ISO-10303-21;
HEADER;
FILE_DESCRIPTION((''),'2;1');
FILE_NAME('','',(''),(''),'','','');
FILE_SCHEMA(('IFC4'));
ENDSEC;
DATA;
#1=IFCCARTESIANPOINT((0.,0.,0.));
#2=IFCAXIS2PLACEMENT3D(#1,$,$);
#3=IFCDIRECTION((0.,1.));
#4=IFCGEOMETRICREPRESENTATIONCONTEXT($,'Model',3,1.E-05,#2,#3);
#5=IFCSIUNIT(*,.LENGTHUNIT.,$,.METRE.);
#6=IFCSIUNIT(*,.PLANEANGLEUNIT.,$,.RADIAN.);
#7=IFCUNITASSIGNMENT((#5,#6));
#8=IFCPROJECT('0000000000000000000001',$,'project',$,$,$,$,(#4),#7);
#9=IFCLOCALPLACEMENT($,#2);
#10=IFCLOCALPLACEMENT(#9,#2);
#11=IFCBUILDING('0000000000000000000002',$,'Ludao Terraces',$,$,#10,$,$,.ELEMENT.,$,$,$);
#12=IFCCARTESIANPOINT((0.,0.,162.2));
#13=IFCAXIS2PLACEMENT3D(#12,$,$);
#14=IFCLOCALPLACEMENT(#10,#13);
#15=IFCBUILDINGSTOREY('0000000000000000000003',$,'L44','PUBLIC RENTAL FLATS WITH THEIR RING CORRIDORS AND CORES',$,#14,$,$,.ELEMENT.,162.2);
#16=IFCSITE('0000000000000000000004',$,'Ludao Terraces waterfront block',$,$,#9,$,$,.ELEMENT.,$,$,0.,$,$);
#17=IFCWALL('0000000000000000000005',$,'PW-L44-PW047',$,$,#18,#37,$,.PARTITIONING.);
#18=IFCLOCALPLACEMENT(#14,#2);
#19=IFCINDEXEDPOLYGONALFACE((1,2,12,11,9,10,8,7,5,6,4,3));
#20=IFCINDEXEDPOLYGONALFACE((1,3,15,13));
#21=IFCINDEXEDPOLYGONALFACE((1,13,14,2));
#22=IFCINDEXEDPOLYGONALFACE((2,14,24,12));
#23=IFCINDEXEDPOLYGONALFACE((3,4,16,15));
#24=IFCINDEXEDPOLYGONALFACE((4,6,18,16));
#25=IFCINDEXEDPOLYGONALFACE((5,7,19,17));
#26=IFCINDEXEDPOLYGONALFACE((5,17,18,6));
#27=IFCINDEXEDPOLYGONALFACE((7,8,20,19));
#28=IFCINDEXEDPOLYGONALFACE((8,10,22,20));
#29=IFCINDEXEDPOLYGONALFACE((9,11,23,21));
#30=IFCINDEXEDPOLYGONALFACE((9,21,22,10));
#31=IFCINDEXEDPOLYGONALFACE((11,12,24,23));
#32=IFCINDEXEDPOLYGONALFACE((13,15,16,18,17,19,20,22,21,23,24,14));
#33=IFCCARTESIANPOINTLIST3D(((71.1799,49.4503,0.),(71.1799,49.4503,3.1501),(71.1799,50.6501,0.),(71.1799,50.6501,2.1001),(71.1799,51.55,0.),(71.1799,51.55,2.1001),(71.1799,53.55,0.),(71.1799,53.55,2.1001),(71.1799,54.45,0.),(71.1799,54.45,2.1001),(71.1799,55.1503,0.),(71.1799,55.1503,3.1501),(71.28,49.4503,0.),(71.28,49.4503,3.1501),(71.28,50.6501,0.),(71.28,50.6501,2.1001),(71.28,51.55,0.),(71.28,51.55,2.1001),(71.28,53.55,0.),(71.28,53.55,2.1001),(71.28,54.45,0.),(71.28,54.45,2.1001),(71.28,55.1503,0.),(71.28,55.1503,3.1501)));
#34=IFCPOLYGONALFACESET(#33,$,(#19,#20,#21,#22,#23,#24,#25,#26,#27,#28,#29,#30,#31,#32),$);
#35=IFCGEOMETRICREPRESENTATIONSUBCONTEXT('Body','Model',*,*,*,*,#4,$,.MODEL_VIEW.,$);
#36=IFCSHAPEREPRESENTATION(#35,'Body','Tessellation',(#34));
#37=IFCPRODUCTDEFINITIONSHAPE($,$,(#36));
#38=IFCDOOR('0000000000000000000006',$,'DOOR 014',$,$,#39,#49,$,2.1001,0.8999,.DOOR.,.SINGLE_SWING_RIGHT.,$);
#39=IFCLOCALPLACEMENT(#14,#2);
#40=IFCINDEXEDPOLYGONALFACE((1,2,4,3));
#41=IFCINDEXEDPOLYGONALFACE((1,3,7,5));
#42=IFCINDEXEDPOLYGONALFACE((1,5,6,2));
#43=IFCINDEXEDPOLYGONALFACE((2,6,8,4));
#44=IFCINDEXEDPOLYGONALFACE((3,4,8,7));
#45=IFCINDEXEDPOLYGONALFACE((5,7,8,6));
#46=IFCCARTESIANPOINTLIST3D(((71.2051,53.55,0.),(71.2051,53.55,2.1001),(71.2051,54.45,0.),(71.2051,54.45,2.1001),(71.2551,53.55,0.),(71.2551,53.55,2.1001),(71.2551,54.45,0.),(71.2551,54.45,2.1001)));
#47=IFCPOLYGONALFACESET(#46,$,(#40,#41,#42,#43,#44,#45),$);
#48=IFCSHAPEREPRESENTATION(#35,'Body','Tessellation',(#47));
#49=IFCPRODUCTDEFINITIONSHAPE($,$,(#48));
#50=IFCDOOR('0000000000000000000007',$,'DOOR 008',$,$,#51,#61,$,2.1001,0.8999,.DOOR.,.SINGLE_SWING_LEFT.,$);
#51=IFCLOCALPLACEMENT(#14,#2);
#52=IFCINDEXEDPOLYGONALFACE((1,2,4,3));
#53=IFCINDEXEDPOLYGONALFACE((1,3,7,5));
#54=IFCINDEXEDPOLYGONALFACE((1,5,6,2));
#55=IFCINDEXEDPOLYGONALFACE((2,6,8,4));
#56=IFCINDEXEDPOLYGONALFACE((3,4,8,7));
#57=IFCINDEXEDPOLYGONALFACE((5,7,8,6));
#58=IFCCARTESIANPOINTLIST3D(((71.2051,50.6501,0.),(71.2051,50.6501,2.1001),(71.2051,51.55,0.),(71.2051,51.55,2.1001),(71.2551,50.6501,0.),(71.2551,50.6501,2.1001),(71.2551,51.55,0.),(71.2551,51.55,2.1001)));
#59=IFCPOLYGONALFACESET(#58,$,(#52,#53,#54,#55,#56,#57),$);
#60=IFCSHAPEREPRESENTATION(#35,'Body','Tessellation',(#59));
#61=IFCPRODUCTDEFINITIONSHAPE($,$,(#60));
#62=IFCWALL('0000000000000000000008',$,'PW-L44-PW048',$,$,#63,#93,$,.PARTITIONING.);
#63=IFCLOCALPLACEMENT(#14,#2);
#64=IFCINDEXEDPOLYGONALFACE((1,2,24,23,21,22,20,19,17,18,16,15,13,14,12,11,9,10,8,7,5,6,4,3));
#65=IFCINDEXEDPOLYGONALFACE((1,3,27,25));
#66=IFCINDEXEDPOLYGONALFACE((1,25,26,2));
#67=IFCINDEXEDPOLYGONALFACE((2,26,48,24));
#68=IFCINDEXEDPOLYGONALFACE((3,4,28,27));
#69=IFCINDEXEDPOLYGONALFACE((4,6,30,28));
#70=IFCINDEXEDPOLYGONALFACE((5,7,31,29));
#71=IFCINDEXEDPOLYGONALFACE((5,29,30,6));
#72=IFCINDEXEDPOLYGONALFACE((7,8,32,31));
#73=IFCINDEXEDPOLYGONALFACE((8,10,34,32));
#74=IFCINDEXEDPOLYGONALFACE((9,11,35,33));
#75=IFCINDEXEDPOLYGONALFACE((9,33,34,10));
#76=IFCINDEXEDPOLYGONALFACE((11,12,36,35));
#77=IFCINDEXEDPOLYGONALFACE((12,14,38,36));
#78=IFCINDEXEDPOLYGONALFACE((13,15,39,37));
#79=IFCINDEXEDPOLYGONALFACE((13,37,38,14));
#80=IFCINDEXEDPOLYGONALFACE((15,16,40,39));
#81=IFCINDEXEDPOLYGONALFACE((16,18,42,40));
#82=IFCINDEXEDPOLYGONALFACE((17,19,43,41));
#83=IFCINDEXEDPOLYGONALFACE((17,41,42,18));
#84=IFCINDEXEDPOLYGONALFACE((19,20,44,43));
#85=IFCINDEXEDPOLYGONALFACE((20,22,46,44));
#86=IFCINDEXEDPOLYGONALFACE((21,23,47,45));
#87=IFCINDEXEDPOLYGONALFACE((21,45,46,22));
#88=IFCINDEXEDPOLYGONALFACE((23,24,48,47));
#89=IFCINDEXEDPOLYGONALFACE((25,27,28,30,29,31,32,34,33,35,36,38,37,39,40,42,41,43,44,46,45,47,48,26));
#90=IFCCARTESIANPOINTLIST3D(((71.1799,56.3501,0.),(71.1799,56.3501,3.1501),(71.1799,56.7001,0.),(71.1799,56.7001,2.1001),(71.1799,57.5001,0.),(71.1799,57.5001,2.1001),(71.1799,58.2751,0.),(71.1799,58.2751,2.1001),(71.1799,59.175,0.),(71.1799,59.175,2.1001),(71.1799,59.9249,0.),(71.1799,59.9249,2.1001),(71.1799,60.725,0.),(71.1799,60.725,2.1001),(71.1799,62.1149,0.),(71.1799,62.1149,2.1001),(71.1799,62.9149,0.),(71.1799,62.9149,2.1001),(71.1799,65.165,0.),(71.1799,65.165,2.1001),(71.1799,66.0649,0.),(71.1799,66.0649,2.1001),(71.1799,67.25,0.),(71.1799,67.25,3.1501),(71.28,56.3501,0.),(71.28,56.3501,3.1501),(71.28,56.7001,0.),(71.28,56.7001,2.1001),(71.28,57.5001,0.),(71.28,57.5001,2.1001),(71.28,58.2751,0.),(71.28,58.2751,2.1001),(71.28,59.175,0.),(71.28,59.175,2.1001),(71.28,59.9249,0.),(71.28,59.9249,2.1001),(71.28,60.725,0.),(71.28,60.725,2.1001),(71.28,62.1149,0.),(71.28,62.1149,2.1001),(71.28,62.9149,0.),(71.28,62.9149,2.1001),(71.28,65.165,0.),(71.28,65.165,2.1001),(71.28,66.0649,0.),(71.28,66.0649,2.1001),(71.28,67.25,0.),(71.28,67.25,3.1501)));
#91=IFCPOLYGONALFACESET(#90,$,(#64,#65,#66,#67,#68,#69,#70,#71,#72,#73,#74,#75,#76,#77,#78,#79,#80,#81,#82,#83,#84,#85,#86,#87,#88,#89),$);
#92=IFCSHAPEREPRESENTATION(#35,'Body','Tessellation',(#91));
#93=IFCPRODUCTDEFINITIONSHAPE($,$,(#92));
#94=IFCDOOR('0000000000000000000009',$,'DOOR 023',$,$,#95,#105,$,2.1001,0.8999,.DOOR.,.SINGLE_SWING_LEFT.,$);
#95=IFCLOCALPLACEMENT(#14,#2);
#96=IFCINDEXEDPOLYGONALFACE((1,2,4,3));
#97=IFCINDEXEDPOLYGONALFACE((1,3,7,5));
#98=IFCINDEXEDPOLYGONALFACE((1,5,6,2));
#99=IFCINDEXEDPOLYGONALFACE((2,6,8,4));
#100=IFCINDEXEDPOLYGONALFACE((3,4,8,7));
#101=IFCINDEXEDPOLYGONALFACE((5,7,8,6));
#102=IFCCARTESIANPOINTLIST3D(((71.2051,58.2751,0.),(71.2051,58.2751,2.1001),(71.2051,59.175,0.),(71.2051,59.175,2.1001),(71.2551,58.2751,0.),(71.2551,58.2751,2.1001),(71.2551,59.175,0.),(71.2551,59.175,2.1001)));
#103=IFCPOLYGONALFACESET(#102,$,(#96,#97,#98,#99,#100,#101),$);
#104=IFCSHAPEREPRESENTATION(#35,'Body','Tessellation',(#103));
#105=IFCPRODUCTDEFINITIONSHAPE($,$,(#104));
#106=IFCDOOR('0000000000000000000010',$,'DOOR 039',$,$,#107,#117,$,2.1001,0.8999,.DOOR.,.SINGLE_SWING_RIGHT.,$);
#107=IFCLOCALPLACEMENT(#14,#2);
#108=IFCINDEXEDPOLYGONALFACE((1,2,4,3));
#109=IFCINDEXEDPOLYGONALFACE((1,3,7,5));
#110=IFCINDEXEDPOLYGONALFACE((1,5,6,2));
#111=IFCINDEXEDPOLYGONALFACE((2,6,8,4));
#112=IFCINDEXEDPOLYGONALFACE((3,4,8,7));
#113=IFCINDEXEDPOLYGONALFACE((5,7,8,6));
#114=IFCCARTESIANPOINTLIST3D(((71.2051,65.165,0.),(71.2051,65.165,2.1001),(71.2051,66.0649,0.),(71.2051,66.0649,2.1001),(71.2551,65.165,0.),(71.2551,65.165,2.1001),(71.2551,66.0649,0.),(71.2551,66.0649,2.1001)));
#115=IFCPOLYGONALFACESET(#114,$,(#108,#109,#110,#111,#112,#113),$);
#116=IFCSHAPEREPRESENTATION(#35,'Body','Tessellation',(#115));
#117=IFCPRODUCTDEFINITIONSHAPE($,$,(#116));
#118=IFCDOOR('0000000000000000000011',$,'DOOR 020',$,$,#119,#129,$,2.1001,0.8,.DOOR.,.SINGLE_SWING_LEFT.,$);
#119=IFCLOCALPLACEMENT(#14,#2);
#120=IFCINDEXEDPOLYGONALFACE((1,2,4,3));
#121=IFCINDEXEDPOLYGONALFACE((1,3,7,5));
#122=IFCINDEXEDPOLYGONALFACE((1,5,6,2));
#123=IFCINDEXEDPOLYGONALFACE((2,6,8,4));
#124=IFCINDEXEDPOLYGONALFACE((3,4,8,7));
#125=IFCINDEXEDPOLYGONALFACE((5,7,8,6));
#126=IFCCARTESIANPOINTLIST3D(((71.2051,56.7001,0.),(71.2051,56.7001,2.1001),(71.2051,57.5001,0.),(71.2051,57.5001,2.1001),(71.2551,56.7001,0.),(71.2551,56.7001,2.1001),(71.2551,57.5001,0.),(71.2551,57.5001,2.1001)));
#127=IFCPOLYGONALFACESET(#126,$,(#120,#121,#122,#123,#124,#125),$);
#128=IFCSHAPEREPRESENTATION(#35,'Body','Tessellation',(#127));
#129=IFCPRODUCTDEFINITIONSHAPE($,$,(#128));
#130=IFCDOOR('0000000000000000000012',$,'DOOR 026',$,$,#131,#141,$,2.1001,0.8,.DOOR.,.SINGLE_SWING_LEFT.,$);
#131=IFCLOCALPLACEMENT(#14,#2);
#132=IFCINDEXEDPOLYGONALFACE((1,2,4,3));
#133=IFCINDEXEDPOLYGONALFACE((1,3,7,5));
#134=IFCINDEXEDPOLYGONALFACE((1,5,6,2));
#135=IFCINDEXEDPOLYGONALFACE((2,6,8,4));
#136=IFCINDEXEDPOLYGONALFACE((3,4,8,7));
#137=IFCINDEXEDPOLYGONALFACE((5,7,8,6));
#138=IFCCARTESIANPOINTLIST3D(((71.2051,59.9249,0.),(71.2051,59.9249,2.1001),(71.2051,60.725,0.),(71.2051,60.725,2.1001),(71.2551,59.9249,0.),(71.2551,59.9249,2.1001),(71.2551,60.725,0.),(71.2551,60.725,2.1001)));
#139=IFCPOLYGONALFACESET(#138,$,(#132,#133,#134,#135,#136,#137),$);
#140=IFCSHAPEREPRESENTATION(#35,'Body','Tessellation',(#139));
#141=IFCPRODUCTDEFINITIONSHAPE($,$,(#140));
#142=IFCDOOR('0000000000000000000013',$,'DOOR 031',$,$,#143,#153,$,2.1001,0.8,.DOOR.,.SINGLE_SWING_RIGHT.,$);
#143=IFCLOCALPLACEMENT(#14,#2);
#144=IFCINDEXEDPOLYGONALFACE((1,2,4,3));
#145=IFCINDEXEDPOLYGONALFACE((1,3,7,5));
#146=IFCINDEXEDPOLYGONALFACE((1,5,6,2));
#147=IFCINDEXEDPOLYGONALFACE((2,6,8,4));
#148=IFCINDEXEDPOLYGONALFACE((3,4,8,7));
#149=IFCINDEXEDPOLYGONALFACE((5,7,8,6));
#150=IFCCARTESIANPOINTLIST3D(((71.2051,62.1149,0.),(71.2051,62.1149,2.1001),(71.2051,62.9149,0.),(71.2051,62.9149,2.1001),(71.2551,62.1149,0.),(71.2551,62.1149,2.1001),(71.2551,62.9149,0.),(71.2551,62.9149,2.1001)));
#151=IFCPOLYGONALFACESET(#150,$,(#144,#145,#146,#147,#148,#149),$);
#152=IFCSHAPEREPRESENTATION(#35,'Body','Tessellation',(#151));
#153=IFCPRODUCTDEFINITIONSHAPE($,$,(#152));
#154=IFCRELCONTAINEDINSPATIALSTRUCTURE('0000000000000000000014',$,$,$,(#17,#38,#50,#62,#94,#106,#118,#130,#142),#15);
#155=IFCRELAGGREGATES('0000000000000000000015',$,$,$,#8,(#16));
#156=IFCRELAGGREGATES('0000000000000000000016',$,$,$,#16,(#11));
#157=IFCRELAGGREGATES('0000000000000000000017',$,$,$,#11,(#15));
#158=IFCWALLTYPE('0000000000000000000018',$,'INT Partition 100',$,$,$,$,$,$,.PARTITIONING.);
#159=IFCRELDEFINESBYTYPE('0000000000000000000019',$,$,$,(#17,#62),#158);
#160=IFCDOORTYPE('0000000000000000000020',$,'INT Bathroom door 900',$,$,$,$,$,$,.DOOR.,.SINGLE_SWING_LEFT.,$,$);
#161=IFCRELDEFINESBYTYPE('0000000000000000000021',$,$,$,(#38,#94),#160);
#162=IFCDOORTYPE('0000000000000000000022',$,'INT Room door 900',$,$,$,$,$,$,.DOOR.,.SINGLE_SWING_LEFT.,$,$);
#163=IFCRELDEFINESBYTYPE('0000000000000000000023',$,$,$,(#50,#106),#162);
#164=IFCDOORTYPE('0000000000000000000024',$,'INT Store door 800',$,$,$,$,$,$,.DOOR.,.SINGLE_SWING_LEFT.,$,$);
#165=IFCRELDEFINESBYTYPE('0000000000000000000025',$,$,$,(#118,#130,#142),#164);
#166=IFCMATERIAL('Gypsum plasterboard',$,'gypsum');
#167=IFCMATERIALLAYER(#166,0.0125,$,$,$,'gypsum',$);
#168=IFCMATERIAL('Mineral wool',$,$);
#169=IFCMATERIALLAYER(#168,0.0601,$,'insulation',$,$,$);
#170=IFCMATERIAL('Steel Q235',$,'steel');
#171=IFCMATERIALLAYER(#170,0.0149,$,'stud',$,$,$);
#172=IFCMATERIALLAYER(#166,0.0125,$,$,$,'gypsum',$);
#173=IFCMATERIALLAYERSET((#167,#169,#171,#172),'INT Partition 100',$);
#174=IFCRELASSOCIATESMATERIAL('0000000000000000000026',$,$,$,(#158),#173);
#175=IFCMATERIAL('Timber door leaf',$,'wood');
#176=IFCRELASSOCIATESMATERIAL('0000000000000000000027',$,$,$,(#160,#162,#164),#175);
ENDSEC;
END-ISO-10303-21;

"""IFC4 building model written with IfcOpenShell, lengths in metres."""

from ifc_helpers import new_model, si_unit, direction, frame, frame_2d, origin, place, context, subcontext, project, spatial, rectangle, extrude, material, layer, layer_set, type_object, element, fill, save


model = new_model("IFC4")

# Units and contexts
model_context = context("Model", 3, precision=1e-05, world=origin(), true_north=direction((0.0, 1.0)))
body_context = subcontext(model_context, "Body", "Model", "MODEL_VIEW")
ifc_project = project(units=[si_unit("LENGTHUNIT", "METRE"), si_unit("PLANEANGLEUNIT", "RADIAN")], contexts=[model_context])

# Site, building, storey
site_placement = place(None, origin())
site = spatial("IfcSite", under=ifc_project, at=site_placement, Name="Ludao Terraces waterfront block", CompositionType="ELEMENT", RefElevation=0.0)
building_placement = place(site_placement, origin())
building = spatial("IfcBuilding", under=site, at=building_placement, Name="Ludao Terraces", CompositionType="ELEMENT")
storey_placement = place(building_placement, frame((0.0, 0.0, 162.2)))
storey = spatial("IfcBuildingStorey", under=building, at=storey_placement, Name="L44", Description="PUBLIC RENTAL FLATS WITH THEIR RING CORRIDORS AND CORES", CompositionType="ELEMENT", Elevation=162.2)

# Shared definitions
ifc_material_1 = material(Name="Timber door leaf", Category="wood")

# Shared definitions
ifc_material_2 = material(Name="Gypsum plasterboard", Category="gypsum")
ifc_layer_1 = layer(ifc_material_2, 0.0125, Category="gypsum")
ifc_material_3 = material(Name="Mineral wool")
ifc_layer_2 = layer(ifc_material_3, 0.0601, Name="insulation")
ifc_material_4 = material(Name="Steel Q235", Category="steel")
ifc_layer_3 = layer(ifc_material_4, 0.0149, Name="stud")
ifc_layer_4 = layer(ifc_material_2, 0.0125, Category="gypsum")
ifc_layer_set_1 = layer_set([ifc_layer_1, ifc_layer_2, ifc_layer_3, ifc_layer_4], Name="INT Partition 100")
wall_type_1 = type_object("IfcWallType", Name="INT Partition 100", PredefinedType="PARTITIONING", material=ifc_layer_set_1)

# Walls, openings, doors
wall_1_placement = place(storey_placement, frame((71.23, 49.4502, 0.0), z_axis=(0.0, 0.0, 1.0), x_axis=(0.0, 1.0, 0.0)))
wall_1 = element("IfcWall", 1, at=wall_1_placement, inside=storey, type_object=wall_type_1, Name="PW-L44-PW047", PredefinedType="PARTITIONING", context=body_context, shape_type="SweptSolid", body=[
    extrude(rectangle(XDim=5.7, YDim=0.1001, at=frame_2d((2.8501, 0.0))), origin(), (0.0, 0.0, 1.0), 3.1501),
])
opening_1_placement = place(wall_1_placement, frame((1.2, 0.0, 0.0)))
opening_1 = element("IfcOpeningElement", 2, at=opening_1_placement, cuts=wall_1, PredefinedType="OPENING", context=body_context, shape_type="SweptSolid", body=[
    extrude(rectangle(XDim=0.8999, YDim=2.1001, at=frame_2d((0.45, 1.05))), frame((0.0, 0.0601, 0.0), z_axis=(0.0, -1.0, 0.0), x_axis=(1.0, 0.0, 0.0)), (0.0, 0.0, 1.0), 0.1201),
])
opening_2_placement = place(wall_1_placement, frame((4.0999, 0.0, 0.0)))
opening_2 = element("IfcOpeningElement", 3, at=opening_2_placement, cuts=wall_1, PredefinedType="OPENING", context=body_context, shape_type="SweptSolid", body=[
    extrude(rectangle(XDim=0.8999, YDim=2.1001, at=frame_2d((0.45, 1.05))), frame((0.0, 0.0601, 0.0), z_axis=(0.0, -1.0, 0.0), x_axis=(1.0, 0.0, 0.0)), (0.0, 0.0, 1.0), 0.1201),
])
door_type_1 = type_object("IfcDoorType", Name="INT Bathroom door 900", OperationType="SINGLE_SWING_LEFT", PredefinedType="DOOR", material=ifc_material_1)
door_1_placement = place(opening_2_placement, origin())
door_1 = element("IfcDoor", 4, at=door_1_placement, inside=storey, type_object=door_type_1, Name="DOOR 014", OperationType="SINGLE_SWING_RIGHT", OverallHeight=2.1001, OverallWidth=0.8999, PredefinedType="DOOR", context=body_context, shape_type="SweptSolid", body=[
    extrude(rectangle(XDim=0.8999, YDim=2.1001, at=frame_2d((0.45, 1.05))), frame((0.0, 0.0249, 0.0), z_axis=(0.0, -1.0, 0.0), x_axis=(1.0, 0.0, 0.0)), (0.0, 0.0, 1.0), 0.05),
])
fill(opening_2, door_1)
door_type_2 = type_object("IfcDoorType", Name="INT Room door 900", OperationType="SINGLE_SWING_LEFT", PredefinedType="DOOR", material=ifc_material_1)
door_2_placement = place(opening_1_placement, origin())
door_2 = element("IfcDoor", 5, at=door_2_placement, inside=storey, type_object=door_type_2, Name="DOOR 008", OperationType="SINGLE_SWING_LEFT", OverallHeight=2.1001, OverallWidth=0.8999, PredefinedType="DOOR", context=body_context, shape_type="SweptSolid", body=[
    extrude(rectangle(XDim=0.8999, YDim=2.1001, at=frame_2d((0.45, 1.05))), frame((0.0, 0.0249, 0.0), z_axis=(0.0, -1.0, 0.0), x_axis=(1.0, 0.0, 0.0)), (0.0, 0.0, 1.0), 0.05),
])
fill(opening_1, door_2)
wall_2_placement = place(storey_placement, frame((71.23, 56.3501, 0.0), z_axis=(0.0, 0.0, 1.0), x_axis=(0.0, 1.0, 0.0)))
wall_2 = element("IfcWall", 6, at=wall_2_placement, inside=storey, type_object=wall_type_1, Name="PW-L44-PW048", PredefinedType="PARTITIONING", context=body_context, shape_type="SweptSolid", body=[
    extrude(rectangle(XDim=10.8999, YDim=0.1001, at=frame_2d((5.45, 0.0))), origin(), (0.0, 0.0, 1.0), 3.1501),
])
opening_3_placement = place(wall_2_placement, frame((0.3501, 0.0, 0.0)))
opening_3 = element("IfcOpeningElement", 7, at=opening_3_placement, cuts=wall_2, PredefinedType="OPENING", context=body_context, shape_type="SweptSolid", body=[
    extrude(rectangle(XDim=0.8, YDim=2.1001, at=frame_2d((0.3999, 1.05))), frame((0.0, 0.0601, 0.0), z_axis=(0.0, -1.0, 0.0), x_axis=(1.0, 0.0, 0.0)), (0.0, 0.0, 1.0), 0.1201),
])
opening_4_placement = place(wall_2_placement, frame((1.925, 0.0, 0.0)))
opening_4 = element("IfcOpeningElement", 8, at=opening_4_placement, cuts=wall_2, PredefinedType="OPENING", context=body_context, shape_type="SweptSolid", body=[
    extrude(rectangle(XDim=0.8999, YDim=2.1001, at=frame_2d((0.45, 1.05))), frame((0.0, 0.0601, 0.0), z_axis=(0.0, -1.0, 0.0), x_axis=(1.0, 0.0, 0.0)), (0.0, 0.0, 1.0), 0.1201),
])
opening_5_placement = place(wall_2_placement, frame((3.575, 0.0, 0.0)))
opening_5 = element("IfcOpeningElement", 9, at=opening_5_placement, cuts=wall_2, PredefinedType="OPENING", context=body_context, shape_type="SweptSolid", body=[
    extrude(rectangle(XDim=0.8, YDim=2.1001, at=frame_2d((0.3999, 1.05))), frame((0.0, 0.0601, 0.0), z_axis=(0.0, -1.0, 0.0), x_axis=(1.0, 0.0, 0.0)), (0.0, 0.0, 1.0), 0.1201),
])
opening_6_placement = place(wall_2_placement, frame((5.7649, 0.0, 0.0)))
opening_6 = element("IfcOpeningElement", 10, at=opening_6_placement, cuts=wall_2, PredefinedType="OPENING", context=body_context, shape_type="SweptSolid", body=[
    extrude(rectangle(XDim=0.8, YDim=2.1001, at=frame_2d((0.3999, 1.05))), frame((0.0, 0.0601, 0.0), z_axis=(0.0, -1.0, 0.0), x_axis=(1.0, 0.0, 0.0)), (0.0, 0.0, 1.0), 0.1201),
])
opening_7_placement = place(wall_2_placement, frame((8.8149, 0.0, 0.0)))
opening_7 = element("IfcOpeningElement", 11, at=opening_7_placement, cuts=wall_2, PredefinedType="OPENING", context=body_context, shape_type="SweptSolid", body=[
    extrude(rectangle(XDim=0.8999, YDim=2.1001, at=frame_2d((0.45, 1.05))), frame((0.0, 0.0601, 0.0), z_axis=(0.0, -1.0, 0.0), x_axis=(1.0, 0.0, 0.0)), (0.0, 0.0, 1.0), 0.1201),
])
door_3_placement = place(opening_4_placement, origin())
door_3 = element("IfcDoor", 12, at=door_3_placement, inside=storey, type_object=door_type_1, Name="DOOR 023", OperationType="SINGLE_SWING_LEFT", OverallHeight=2.1001, OverallWidth=0.8999, PredefinedType="DOOR", context=body_context, shape_type="SweptSolid", body=[
    extrude(rectangle(XDim=0.8999, YDim=2.1001, at=frame_2d((0.45, 1.05))), frame((0.0, 0.0249, 0.0), z_axis=(0.0, -1.0, 0.0), x_axis=(1.0, 0.0, 0.0)), (0.0, 0.0, 1.0), 0.05),
])
fill(opening_4, door_3)
door_4_placement = place(opening_7_placement, origin())
door_4 = element("IfcDoor", 13, at=door_4_placement, inside=storey, type_object=door_type_2, Name="DOOR 039", OperationType="SINGLE_SWING_RIGHT", OverallHeight=2.1001, OverallWidth=0.8999, PredefinedType="DOOR", context=body_context, shape_type="SweptSolid", body=[
    extrude(rectangle(XDim=0.8999, YDim=2.1001, at=frame_2d((0.45, 1.05))), frame((0.0, 0.0249, 0.0), z_axis=(0.0, -1.0, 0.0), x_axis=(1.0, 0.0, 0.0)), (0.0, 0.0, 1.0), 0.05),
])
fill(opening_7, door_4)
door_type_3 = type_object("IfcDoorType", Name="INT Store door 800", OperationType="SINGLE_SWING_LEFT", PredefinedType="DOOR", material=ifc_material_1)
door_5_placement = place(opening_3_placement, origin())
door_5 = element("IfcDoor", 14, at=door_5_placement, inside=storey, type_object=door_type_3, Name="DOOR 020", OperationType="SINGLE_SWING_LEFT", OverallHeight=2.1001, OverallWidth=0.8, PredefinedType="DOOR", context=body_context, shape_type="SweptSolid", body=[
    extrude(rectangle(XDim=0.8, YDim=2.1001, at=frame_2d((0.3999, 1.05))), frame((0.0, 0.0249, 0.0), z_axis=(0.0, -1.0, 0.0), x_axis=(1.0, 0.0, 0.0)), (0.0, 0.0, 1.0), 0.05),
])
fill(opening_3, door_5)
door_6_placement = place(opening_5_placement, origin())
door_6 = element("IfcDoor", 15, at=door_6_placement, inside=storey, type_object=door_type_3, Name="DOOR 026", OperationType="SINGLE_SWING_LEFT", OverallHeight=2.1001, OverallWidth=0.8, PredefinedType="DOOR", context=body_context, shape_type="SweptSolid", body=[
    extrude(rectangle(XDim=0.8, YDim=2.1001, at=frame_2d((0.3999, 1.05))), frame((0.0, 0.0249, 0.0), z_axis=(0.0, -1.0, 0.0), x_axis=(1.0, 0.0, 0.0)), (0.0, 0.0, 1.0), 0.05),
])
fill(opening_5, door_6)
door_7_placement = place(opening_6_placement, origin())
door_7 = element("IfcDoor", 16, at=door_7_placement, inside=storey, type_object=door_type_3, Name="DOOR 031", OperationType="SINGLE_SWING_RIGHT", OverallHeight=2.1001, OverallWidth=0.8, PredefinedType="DOOR", context=body_context, shape_type="SweptSolid", body=[
    extrude(rectangle(XDim=0.8, YDim=2.1001, at=frame_2d((0.3999, 1.05))), frame((0.0, 0.0249, 0.0), z_axis=(0.0, -1.0, 0.0), x_axis=(1.0, 0.0, 0.0)), (0.0, 0.0, 1.0), 0.05),
])
fill(opening_6, door_7)

save(model, "model.ifc")
